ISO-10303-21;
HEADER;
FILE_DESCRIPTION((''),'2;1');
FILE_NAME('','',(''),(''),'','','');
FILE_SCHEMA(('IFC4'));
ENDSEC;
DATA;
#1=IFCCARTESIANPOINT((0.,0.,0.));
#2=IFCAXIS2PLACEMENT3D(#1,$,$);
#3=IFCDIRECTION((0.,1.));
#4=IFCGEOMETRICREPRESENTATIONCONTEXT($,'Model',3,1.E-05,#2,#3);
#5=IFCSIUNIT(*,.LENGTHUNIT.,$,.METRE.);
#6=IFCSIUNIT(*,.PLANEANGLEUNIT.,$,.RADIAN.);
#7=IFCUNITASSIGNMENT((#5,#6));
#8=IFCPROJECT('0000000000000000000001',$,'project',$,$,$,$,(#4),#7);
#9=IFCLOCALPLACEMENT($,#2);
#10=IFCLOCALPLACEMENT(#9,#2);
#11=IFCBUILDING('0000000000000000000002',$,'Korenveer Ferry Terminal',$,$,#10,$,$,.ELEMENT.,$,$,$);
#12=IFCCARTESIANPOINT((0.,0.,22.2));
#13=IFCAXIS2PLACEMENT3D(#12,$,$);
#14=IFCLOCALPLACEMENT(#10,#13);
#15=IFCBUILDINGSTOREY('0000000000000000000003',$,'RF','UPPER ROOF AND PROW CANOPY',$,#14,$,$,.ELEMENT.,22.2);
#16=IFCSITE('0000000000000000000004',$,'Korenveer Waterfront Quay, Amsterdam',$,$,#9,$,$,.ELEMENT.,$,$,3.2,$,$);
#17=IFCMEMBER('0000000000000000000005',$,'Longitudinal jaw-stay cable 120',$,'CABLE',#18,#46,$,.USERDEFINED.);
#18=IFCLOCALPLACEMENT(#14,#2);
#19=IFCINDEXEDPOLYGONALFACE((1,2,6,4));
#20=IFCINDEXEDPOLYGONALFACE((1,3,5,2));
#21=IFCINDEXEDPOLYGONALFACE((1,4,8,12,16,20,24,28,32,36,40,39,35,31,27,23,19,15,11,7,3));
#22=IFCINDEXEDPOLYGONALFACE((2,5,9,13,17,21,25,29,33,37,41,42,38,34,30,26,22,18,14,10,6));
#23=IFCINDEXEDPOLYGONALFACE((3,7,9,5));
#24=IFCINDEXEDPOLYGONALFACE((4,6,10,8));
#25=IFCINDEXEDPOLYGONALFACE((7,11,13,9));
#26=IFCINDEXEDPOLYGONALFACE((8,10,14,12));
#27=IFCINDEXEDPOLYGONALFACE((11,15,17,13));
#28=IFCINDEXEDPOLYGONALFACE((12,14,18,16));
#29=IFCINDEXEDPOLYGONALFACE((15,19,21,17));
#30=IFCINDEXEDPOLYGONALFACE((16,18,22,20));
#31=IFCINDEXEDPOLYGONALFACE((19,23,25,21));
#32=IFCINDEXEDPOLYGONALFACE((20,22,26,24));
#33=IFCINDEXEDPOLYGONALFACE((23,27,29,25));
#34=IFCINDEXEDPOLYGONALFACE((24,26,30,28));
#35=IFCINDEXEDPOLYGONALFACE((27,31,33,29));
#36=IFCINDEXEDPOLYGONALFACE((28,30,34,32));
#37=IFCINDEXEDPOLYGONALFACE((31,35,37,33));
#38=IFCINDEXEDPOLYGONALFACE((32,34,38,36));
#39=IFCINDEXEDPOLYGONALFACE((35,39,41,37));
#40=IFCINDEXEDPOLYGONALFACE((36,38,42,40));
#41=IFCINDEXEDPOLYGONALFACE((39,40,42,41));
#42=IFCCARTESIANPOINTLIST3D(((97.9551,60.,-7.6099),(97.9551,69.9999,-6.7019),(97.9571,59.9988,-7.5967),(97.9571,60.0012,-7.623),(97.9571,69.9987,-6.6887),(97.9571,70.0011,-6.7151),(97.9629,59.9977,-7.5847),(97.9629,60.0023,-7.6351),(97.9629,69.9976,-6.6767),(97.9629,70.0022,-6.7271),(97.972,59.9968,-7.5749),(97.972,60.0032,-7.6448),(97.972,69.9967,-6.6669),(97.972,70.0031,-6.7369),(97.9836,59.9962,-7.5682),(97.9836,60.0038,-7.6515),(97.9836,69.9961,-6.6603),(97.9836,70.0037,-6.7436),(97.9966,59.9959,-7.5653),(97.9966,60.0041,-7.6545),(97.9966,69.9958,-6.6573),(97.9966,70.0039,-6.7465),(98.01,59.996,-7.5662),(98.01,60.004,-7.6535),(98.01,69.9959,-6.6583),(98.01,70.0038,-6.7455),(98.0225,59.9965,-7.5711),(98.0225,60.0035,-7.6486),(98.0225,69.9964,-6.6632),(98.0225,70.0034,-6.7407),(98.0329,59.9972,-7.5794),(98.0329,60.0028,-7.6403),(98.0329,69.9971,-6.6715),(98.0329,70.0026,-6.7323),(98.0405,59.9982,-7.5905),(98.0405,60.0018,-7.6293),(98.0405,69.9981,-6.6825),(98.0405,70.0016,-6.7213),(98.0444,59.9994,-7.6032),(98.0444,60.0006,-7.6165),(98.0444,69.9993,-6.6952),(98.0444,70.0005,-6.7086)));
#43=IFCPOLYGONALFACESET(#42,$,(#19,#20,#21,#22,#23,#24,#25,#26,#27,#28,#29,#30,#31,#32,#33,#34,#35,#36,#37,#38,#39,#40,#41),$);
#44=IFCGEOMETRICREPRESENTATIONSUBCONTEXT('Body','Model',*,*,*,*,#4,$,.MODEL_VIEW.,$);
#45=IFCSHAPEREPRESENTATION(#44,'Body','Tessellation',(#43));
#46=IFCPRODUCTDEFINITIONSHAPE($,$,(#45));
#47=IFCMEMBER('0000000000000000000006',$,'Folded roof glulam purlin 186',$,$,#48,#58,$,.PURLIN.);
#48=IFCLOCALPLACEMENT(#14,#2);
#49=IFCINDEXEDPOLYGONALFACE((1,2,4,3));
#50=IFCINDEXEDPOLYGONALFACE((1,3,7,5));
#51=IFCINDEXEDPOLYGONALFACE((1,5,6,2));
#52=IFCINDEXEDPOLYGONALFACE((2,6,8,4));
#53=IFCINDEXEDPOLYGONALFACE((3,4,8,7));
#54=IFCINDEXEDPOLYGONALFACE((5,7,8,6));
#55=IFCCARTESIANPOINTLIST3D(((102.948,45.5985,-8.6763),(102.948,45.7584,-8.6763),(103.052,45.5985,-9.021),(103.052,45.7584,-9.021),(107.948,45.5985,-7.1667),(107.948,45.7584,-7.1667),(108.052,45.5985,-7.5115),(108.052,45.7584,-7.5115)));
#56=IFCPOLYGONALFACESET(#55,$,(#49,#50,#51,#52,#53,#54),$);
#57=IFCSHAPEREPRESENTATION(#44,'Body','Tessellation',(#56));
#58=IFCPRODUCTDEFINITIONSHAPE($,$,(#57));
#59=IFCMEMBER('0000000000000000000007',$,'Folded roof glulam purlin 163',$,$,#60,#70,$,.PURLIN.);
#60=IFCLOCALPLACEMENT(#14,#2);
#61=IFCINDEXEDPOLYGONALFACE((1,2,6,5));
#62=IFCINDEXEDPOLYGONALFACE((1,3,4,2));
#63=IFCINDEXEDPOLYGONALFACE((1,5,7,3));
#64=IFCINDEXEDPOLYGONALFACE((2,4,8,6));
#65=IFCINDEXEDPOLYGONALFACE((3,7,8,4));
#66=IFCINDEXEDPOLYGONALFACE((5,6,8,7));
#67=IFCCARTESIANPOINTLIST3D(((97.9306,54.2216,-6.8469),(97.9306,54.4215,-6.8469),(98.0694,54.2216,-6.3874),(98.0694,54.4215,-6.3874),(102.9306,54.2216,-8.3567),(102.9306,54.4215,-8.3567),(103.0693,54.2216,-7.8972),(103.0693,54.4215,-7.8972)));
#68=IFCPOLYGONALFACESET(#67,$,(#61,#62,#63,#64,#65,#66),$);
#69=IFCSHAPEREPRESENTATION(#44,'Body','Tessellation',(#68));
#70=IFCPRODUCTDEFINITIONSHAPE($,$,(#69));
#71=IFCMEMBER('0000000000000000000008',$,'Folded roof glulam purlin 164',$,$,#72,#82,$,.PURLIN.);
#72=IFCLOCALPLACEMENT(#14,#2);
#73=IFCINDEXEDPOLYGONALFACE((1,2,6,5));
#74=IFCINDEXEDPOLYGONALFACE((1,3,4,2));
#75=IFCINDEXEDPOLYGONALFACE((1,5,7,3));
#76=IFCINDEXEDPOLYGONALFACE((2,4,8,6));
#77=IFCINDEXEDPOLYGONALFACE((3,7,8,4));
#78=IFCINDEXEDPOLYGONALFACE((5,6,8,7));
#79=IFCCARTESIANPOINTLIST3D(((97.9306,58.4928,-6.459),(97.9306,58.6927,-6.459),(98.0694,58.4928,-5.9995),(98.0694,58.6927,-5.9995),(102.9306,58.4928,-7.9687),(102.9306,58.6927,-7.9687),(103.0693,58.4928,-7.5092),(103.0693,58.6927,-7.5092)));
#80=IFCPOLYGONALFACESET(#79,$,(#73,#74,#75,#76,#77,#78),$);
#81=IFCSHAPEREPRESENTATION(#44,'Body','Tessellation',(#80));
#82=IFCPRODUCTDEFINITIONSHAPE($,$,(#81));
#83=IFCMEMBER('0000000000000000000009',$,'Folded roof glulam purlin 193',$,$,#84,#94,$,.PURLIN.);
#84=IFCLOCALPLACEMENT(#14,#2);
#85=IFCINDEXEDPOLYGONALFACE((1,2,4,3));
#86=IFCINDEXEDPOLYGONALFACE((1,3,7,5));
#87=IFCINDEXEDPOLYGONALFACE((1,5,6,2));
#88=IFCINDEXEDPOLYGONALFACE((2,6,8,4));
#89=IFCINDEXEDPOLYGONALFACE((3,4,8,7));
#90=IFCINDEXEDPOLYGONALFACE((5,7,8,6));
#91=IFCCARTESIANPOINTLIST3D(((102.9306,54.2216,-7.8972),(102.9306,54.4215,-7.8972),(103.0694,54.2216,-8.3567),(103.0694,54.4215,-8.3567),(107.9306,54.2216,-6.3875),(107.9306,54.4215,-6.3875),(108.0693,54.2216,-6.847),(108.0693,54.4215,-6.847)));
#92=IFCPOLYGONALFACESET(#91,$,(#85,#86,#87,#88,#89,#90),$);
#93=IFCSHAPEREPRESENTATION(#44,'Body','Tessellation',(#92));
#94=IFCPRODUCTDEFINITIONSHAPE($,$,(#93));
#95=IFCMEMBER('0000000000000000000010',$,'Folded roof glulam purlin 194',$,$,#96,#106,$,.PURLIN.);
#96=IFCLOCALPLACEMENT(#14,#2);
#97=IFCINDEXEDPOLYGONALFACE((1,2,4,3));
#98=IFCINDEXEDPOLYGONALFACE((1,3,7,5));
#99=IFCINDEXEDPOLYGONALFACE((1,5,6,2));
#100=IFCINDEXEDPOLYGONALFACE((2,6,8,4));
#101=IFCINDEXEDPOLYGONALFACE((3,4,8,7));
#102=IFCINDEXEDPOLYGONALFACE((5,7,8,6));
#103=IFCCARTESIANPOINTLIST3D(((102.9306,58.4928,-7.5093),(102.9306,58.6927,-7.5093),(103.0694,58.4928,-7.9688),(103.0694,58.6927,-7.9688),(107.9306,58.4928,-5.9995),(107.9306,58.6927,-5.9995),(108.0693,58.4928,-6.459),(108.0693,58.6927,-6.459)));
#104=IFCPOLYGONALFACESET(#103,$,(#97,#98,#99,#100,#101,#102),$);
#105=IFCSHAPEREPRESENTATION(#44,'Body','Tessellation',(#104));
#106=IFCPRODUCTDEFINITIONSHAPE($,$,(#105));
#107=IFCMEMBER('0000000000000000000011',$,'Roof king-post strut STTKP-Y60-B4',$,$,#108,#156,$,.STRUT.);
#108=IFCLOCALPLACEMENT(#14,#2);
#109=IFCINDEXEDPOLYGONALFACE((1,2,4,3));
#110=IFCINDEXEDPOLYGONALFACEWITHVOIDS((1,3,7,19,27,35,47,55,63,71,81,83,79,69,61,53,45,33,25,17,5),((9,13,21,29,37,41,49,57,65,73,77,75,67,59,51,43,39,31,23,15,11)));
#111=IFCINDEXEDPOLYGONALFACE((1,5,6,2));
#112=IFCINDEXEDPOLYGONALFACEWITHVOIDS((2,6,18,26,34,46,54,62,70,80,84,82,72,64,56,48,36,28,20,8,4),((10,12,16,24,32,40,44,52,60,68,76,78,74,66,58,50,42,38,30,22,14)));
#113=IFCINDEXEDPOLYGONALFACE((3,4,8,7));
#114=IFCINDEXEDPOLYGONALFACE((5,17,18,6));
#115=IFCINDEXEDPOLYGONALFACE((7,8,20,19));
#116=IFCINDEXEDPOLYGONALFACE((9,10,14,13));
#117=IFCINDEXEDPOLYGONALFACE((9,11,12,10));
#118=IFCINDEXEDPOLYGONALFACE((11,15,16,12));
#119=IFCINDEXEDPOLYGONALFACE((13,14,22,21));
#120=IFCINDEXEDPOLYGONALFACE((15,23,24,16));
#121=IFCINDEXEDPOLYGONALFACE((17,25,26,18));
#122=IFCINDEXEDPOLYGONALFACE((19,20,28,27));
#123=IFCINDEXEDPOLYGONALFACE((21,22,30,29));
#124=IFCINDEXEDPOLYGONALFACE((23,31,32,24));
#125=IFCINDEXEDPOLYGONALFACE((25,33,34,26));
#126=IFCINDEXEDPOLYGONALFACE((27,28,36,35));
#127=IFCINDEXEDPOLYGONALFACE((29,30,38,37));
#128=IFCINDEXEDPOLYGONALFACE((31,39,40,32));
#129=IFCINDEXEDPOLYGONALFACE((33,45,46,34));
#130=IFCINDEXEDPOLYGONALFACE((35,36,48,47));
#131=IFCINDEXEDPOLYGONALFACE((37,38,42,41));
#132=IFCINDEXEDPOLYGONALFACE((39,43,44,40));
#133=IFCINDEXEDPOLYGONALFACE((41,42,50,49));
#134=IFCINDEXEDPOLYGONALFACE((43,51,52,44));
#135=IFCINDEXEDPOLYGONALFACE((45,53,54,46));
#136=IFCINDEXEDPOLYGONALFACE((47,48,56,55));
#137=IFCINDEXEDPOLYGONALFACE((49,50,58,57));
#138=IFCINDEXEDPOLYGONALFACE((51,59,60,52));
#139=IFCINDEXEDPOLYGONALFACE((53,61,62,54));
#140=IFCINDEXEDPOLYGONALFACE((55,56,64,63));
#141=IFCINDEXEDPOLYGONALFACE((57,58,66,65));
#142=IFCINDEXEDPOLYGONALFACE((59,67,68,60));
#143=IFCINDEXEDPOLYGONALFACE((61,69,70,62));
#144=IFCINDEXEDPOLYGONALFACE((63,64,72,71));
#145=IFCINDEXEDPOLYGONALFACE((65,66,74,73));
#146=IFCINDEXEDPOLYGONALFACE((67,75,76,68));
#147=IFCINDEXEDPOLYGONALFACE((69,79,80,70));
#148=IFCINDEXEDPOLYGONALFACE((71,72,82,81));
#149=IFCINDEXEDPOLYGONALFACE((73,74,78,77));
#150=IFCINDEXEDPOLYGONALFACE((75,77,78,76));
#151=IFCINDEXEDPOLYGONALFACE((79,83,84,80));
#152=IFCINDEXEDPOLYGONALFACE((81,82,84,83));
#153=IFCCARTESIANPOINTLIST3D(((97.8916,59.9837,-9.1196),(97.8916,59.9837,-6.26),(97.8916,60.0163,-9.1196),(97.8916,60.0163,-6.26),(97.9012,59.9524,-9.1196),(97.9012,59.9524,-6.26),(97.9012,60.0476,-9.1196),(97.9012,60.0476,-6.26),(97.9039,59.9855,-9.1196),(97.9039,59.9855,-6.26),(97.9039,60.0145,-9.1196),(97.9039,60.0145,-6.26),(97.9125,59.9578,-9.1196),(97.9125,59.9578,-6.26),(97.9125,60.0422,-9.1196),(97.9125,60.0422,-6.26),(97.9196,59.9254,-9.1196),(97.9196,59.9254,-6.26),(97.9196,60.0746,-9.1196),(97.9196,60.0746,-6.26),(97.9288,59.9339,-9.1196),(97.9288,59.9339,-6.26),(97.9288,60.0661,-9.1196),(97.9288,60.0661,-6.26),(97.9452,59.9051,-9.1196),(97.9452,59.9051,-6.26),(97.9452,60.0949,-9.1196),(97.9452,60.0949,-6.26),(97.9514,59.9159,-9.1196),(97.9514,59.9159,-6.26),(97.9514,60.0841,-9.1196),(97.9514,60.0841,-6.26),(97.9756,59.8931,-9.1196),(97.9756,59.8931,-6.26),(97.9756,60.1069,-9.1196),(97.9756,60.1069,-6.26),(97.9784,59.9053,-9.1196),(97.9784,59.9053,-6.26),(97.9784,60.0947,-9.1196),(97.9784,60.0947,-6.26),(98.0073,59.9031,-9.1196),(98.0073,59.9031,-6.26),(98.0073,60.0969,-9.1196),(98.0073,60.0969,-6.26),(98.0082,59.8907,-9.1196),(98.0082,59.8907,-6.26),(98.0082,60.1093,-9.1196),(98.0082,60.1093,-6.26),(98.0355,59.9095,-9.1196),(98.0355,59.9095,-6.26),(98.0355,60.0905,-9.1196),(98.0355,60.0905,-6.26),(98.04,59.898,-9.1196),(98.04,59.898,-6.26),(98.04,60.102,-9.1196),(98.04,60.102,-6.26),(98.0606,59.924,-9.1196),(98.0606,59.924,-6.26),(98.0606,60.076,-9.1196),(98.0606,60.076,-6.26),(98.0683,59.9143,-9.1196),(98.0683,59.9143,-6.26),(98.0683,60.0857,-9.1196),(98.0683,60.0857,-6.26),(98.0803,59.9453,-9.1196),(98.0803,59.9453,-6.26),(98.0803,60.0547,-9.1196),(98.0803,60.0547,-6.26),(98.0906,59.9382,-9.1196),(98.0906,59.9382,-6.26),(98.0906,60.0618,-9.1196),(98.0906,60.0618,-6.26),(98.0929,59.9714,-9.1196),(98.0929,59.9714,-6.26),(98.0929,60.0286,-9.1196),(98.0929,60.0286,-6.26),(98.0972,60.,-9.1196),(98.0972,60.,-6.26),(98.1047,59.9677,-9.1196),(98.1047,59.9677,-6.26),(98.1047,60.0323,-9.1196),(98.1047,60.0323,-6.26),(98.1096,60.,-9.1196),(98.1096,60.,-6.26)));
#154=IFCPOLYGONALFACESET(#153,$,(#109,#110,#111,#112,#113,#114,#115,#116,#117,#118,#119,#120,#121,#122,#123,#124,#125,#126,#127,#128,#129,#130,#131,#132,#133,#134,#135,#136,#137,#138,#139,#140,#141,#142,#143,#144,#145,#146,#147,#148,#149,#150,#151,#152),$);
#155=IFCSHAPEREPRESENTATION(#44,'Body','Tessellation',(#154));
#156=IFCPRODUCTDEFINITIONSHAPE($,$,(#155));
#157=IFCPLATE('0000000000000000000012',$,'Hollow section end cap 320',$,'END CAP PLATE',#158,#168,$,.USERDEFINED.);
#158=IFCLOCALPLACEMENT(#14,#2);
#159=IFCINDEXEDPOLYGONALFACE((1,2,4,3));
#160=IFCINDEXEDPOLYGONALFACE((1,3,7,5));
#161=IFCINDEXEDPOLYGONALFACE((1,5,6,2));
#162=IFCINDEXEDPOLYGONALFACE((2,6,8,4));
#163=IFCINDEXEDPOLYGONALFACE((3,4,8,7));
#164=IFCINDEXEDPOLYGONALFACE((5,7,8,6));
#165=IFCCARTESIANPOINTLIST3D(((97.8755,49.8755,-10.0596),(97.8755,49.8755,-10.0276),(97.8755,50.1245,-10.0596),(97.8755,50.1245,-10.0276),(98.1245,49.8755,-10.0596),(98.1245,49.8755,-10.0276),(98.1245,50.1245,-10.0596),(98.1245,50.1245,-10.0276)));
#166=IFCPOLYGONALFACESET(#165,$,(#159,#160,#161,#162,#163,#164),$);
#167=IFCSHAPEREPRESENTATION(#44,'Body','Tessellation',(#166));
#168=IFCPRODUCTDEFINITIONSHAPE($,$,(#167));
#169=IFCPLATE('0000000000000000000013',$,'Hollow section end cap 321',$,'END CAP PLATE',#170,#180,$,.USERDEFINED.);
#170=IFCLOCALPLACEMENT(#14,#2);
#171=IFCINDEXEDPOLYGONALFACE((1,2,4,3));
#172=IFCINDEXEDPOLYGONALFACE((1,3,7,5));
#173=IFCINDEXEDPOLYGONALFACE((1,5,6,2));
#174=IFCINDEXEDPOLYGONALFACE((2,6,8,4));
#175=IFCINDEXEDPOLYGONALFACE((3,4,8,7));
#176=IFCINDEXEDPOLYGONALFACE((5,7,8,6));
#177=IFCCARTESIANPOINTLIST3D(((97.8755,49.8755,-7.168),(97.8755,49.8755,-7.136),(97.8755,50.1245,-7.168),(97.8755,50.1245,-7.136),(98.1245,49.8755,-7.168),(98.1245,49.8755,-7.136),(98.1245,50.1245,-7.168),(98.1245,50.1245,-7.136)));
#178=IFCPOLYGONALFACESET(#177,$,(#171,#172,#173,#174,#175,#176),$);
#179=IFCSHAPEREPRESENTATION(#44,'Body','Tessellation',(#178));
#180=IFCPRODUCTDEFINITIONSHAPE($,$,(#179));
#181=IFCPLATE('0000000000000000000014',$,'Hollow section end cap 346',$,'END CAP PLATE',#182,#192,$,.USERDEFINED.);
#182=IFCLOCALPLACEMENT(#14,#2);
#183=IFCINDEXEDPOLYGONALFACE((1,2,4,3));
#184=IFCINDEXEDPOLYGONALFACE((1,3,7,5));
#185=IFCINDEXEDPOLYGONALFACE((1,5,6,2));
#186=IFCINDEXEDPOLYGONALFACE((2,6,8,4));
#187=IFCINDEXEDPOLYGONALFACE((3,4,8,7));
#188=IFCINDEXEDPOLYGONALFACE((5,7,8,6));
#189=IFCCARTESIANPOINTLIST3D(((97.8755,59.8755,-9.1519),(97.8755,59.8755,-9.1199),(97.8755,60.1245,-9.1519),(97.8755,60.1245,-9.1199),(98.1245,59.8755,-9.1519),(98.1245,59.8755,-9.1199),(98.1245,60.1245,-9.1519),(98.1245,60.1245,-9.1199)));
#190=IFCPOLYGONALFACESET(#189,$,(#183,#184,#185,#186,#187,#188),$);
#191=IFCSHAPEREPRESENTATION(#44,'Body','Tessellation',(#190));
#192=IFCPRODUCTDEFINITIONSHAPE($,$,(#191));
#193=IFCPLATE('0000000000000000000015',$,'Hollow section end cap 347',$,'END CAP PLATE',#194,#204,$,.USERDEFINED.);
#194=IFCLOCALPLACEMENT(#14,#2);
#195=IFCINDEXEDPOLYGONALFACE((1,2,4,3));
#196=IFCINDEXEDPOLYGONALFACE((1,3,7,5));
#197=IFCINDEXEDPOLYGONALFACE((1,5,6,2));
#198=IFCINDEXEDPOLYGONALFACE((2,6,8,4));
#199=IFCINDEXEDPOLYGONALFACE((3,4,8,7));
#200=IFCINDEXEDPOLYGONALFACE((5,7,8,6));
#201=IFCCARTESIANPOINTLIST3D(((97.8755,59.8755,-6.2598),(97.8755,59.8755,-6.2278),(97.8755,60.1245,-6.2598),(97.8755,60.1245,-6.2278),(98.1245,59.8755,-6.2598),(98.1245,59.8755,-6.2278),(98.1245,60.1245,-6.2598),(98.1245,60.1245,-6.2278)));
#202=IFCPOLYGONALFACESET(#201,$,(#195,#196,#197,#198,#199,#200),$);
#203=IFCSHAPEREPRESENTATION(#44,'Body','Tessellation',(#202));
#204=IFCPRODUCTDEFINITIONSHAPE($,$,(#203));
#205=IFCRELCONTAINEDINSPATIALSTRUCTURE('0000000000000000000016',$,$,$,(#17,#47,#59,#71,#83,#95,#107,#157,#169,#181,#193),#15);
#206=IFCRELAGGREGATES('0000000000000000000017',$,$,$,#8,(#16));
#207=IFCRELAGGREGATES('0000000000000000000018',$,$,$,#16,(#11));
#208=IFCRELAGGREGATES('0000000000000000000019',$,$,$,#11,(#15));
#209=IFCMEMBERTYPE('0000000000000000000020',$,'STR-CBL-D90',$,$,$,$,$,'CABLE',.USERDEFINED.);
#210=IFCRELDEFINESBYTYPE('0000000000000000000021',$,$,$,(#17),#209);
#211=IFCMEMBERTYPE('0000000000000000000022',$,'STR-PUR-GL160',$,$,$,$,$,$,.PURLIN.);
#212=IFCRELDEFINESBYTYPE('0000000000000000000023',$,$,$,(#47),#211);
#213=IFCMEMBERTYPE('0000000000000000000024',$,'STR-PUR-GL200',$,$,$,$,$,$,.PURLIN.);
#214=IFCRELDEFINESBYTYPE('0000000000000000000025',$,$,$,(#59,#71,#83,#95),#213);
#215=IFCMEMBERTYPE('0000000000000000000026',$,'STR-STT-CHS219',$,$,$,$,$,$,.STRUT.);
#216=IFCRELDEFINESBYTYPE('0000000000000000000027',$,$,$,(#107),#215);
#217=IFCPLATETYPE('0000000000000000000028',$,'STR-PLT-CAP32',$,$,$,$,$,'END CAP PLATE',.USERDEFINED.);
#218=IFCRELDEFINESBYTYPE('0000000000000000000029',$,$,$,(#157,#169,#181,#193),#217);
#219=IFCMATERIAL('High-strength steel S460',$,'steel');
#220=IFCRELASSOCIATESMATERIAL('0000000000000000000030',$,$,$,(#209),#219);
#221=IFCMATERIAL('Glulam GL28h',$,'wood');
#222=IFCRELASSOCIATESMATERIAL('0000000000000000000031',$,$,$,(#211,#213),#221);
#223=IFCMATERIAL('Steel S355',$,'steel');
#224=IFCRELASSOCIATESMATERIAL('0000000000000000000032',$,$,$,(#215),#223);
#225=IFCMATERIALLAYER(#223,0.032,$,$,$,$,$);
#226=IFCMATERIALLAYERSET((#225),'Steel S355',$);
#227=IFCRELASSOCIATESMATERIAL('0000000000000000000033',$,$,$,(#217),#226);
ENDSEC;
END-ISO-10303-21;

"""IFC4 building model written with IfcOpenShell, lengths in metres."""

from ifc_helpers import new_model, si_unit, direction, frame, origin, origin_2d, place, context, subcontext, project, spatial, rectangle, circle, hollow_circle, extrude, material, layer, layer_set, material_profile, profile_set, type_object, element, save


model = new_model("IFC4")

# Units and contexts
model_context = context("Model", 3, precision=1e-05, world=origin(), true_north=direction((0.0, 1.0)))
body_context = subcontext(model_context, "Body", "Model", "MODEL_VIEW")
ifc_project = project(units=[si_unit("LENGTHUNIT", "METRE"), si_unit("PLANEANGLEUNIT", "RADIAN")], contexts=[model_context])

# Site, building, storey
site_placement = place(None, origin())
site = spatial("IfcSite", under=ifc_project, at=site_placement, Name="Korenveer Waterfront Quay, Amsterdam", CompositionType="ELEMENT", RefElevation=3.2)
building_placement = place(site_placement, origin())
building = spatial("IfcBuilding", under=site, at=building_placement, Name="Korenveer Ferry Terminal", CompositionType="ELEMENT")
storey_placement = place(building_placement, frame((0.0, 0.0, 22.2)))
storey = spatial("IfcBuildingStorey", under=building, at=storey_placement, Name="RF", Description="UPPER ROOF AND PROW CANOPY", CompositionType="ELEMENT", Elevation=22.2)

# Shared definitions
ifc_material_1 = material(Name="Steel S355", Category="steel")

# Members
ifc_material_2 = material(Name="High-strength steel S460", Category="steel")
ifc_material_profile_1 = material_profile(ifc_material_2, circle(Radius=0.0449, at=origin_2d()), Name="ROD D90")
ifc_profile_set_1 = profile_set([ifc_material_profile_1], Name="High-strength steel S460")
member_type_1 = type_object("IfcMemberType", Name="STR-CBL-D90", ElementType="CABLE", PredefinedType="USERDEFINED", material=ifc_profile_set_1)
for number, where, z_axis, x_axis, name in (
    (1, (98.0, 60.0, -7.6099), (0.0, 0.995903, 0.090424), (-1.0, 0.0, 0.0), "Longitudinal jaw-stay cable 120"),
):
    element("IfcMember", number, at=place(storey_placement, frame(where, z_axis=z_axis, x_axis=x_axis)), inside=storey, type_object=member_type_1, Name=name, ObjectType="CABLE", PredefinedType="USERDEFINED", context=body_context, shape_type="SweptSolid", body=[
        extrude(circle(Radius=0.0449, at=origin_2d()), origin(), (0.0, 0.0, 1.0), 10.041),
    ])
ifc_material_3 = material(Name="Glulam GL28h", Category="wood")
ifc_material_profile_2 = material_profile(ifc_material_3, rectangle(XDim=0.1599, YDim=0.3601, at=origin_2d()), Name="GL 160x360")
ifc_profile_set_2 = profile_set([ifc_material_profile_2], Name="Glulam GL28h")
member_type_2 = type_object("IfcMemberType", Name="STR-PUR-GL160", PredefinedType="PURLIN", material=ifc_profile_set_2)
member_1_placement = place(storey_placement, frame((103.0, 45.6785, -8.8486), z_axis=(0.957323, 0.0, 0.28902), x_axis=(0.0, 1.0, 0.0)))
element("IfcMember", 2, at=member_1_placement, inside=storey, type_object=member_type_2, Name="Folded roof glulam purlin 186", PredefinedType="PURLIN", context=body_context, shape_type="SweptSolid", body=[
    extrude(rectangle(XDim=0.1599, YDim=0.3601, at=origin_2d()), origin(), (0.0, 0.0, 1.0), 5.2229),
])
ifc_material_profile_3 = material_profile(ifc_material_3, rectangle(XDim=0.2, YDim=0.48, at=origin_2d()), Name="GL 200x480")
ifc_profile_set_3 = profile_set([ifc_material_profile_3], Name="Glulam GL28h")
member_type_3 = type_object("IfcMemberType", Name="STR-PUR-GL200", PredefinedType="PURLIN", material=ifc_profile_set_3)
for number, where, z_axis, x_axis, name in (
    (3, (98.0, 54.3215, -6.6172), (0.95731, 0.0, -0.289063), (0.0, 1.0, 0.0), "Folded roof glulam purlin 163"),
    (4, (98.0, 58.5928, -6.2292), (0.95731, 0.0, -0.289063), (0.0, 1.0, 0.0), "Folded roof glulam purlin 164"),
    (5, (103.0, 54.3215, -8.127), (0.95731, 0.0, 0.289063), (0.0, 1.0, 0.0), "Folded roof glulam purlin 193"),
    (6, (103.0, 58.5928, -7.739), (0.95731, 0.0, 0.289063), (0.0, 1.0, 0.0), "Folded roof glulam purlin 194"),
):
    element("IfcMember", number, at=place(storey_placement, frame(where, z_axis=z_axis, x_axis=x_axis)), inside=storey, type_object=member_type_3, Name=name, PredefinedType="PURLIN", context=body_context, shape_type="SweptSolid", body=[
        extrude(rectangle(XDim=0.2, YDim=0.48, at=origin_2d()), origin(), (0.0, 0.0, 1.0), 5.2229),
    ])
ifc_material_profile_4 = material_profile(ifc_material_1, hollow_circle(Radius=0.1096, WallThickness=0.0125, at=origin_2d()), Name="CHS 219.1x12.5")
ifc_profile_set_4 = profile_set([ifc_material_profile_4], Name="Steel S355")
member_type_4 = type_object("IfcMemberType", Name="STR-STT-CHS219", PredefinedType="STRUT", material=ifc_profile_set_4)
member_2_placement = place(storey_placement, frame((98.0, 60.0, -9.1196), z_axis=(0.0, 0.0, 1.0), x_axis=(1.0, 0.0, 0.0)))
element("IfcMember", 7, at=member_2_placement, inside=storey, type_object=member_type_4, Name="Roof king-post strut STTKP-Y60-B4", PredefinedType="STRUT", context=body_context, shape_type="SweptSolid", body=[
    extrude(hollow_circle(Radius=0.1096, WallThickness=0.0125, at=origin_2d()), origin(), (0.0, 0.0, 1.0), 2.8596),
])

# Plates
ifc_layer_1 = layer(ifc_material_1, 0.032)
ifc_layer_set_1 = layer_set([ifc_layer_1], Name="Steel S355")
plate_type_1 = type_object("IfcPlateType", Name="STR-PLT-CAP32", ElementType="END CAP PLATE", PredefinedType="USERDEFINED", material=ifc_layer_set_1)
for number, where, z_axis, x_axis, name in (
    (8, (98.0, 50.0, -10.0596), (0.0, 0.0, 1.0), (1.0, 0.0, 0.0), "Hollow section end cap 320"),
    (9, (98.0, 50.0, -7.168), (0.0, 0.0, 1.0), (1.0, 0.0, 0.0), "Hollow section end cap 321"),
    (10, (98.0, 60.0, -9.1519), (0.0, 0.0, 1.0), (1.0, 0.0, 0.0), "Hollow section end cap 346"),
    (11, (98.0, 60.0, -6.2598), (0.0, 0.0, 1.0), (1.0, 0.0, 0.0), "Hollow section end cap 347"),
):
    element("IfcPlate", number, at=place(storey_placement, frame(where, z_axis=z_axis, x_axis=x_axis)), inside=storey, type_object=plate_type_1, Name=name, ObjectType="END CAP PLATE", PredefinedType="USERDEFINED", context=body_context, shape_type="SweptSolid", body=[
        extrude(rectangle(XDim=0.249, YDim=0.249, at=origin_2d()), origin(), (0.0, 0.0, 1.0), 0.032),
    ])

save(model, "model.ifc")
